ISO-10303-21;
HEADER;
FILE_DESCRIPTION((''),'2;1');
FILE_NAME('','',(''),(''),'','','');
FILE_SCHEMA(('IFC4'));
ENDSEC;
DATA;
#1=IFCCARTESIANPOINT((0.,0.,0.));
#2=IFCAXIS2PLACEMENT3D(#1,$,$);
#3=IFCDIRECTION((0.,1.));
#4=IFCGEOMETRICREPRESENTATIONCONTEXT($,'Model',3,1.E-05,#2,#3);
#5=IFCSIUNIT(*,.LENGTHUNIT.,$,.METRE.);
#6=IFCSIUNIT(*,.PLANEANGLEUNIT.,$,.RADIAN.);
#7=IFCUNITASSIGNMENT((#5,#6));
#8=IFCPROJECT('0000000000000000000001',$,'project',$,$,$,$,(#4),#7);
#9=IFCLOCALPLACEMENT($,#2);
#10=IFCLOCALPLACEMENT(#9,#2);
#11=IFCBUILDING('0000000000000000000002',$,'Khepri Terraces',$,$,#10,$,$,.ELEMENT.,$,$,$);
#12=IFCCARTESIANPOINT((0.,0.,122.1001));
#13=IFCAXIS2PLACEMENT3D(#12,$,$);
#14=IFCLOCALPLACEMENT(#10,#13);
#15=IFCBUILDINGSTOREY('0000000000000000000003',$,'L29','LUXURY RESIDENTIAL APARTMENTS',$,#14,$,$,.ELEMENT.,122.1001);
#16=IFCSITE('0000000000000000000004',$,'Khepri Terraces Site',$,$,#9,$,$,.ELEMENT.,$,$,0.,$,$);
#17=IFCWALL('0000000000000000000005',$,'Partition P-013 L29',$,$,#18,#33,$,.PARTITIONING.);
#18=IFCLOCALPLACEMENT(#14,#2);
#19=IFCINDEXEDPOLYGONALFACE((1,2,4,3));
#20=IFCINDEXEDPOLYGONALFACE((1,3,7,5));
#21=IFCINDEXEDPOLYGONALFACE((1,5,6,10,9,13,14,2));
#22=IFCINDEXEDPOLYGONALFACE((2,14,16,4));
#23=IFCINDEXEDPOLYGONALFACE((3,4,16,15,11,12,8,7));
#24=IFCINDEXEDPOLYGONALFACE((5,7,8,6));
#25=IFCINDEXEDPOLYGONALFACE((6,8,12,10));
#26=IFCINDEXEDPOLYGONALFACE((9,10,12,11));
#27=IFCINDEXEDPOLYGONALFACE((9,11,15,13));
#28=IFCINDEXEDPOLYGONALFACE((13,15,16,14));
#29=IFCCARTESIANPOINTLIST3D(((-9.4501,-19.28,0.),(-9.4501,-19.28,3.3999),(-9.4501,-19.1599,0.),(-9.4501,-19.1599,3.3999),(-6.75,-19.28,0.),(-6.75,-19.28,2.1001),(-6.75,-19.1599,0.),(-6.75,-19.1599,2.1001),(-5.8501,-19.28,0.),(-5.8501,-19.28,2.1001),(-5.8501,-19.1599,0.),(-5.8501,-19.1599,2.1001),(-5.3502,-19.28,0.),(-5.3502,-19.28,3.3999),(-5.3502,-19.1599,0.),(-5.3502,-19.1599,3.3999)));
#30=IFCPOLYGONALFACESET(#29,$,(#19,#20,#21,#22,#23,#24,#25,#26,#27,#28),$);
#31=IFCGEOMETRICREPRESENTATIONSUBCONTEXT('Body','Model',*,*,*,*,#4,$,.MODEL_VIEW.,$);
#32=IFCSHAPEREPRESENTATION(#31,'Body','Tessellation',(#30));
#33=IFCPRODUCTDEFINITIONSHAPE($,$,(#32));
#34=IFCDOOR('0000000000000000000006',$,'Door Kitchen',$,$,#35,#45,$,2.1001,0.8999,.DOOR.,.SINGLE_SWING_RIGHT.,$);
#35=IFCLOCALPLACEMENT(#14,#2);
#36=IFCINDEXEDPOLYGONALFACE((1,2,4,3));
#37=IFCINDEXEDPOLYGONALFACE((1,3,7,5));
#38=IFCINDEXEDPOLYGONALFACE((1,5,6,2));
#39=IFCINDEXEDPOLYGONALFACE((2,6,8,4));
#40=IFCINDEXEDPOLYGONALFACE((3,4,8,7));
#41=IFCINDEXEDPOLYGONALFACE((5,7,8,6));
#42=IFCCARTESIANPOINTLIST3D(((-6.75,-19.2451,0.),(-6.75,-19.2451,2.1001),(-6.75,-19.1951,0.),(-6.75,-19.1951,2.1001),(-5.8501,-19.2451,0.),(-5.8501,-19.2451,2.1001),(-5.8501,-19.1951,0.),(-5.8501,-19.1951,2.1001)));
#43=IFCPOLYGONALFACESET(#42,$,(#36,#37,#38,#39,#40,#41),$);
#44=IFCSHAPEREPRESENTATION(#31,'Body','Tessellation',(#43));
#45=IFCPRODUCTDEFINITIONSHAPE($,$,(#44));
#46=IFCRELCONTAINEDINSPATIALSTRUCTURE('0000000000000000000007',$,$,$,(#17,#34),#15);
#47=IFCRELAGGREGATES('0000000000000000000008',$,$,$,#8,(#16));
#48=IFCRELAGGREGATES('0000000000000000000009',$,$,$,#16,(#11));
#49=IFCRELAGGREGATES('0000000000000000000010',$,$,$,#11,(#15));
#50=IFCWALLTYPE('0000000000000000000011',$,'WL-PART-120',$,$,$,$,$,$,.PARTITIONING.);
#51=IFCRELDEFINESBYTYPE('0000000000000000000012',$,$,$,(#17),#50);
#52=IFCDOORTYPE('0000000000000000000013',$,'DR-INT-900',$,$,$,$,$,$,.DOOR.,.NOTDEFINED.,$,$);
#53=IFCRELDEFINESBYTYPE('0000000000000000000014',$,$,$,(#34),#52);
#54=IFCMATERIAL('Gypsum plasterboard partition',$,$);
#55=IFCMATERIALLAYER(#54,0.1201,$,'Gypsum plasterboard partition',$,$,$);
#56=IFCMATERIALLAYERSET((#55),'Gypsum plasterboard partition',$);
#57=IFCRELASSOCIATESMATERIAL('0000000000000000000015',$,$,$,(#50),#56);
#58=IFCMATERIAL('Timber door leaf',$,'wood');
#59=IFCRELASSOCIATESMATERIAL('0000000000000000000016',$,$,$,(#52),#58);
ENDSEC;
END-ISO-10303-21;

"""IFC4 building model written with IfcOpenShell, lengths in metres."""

from ifc_helpers import new_model, si_unit, direction, frame, frame_2d, origin, place, context, subcontext, project, spatial, rectangle, extrude, material, layer, layer_set, type_object, element, fill, save


model = new_model("IFC4")

# Units and contexts
model_context = context("Model", 3, precision=1e-05, world=origin(), true_north=direction((0.0, 1.0)))
body_context = subcontext(model_context, "Body", "Model", "MODEL_VIEW")
ifc_project = project(units=[si_unit("LENGTHUNIT", "METRE"), si_unit("PLANEANGLEUNIT", "RADIAN")], contexts=[model_context])

# Site, building, storey
site_placement = place(None, origin())
site = spatial("IfcSite", under=ifc_project, at=site_placement, Name="Khepri Terraces Site", CompositionType="ELEMENT", RefElevation=0.0)
building_placement = place(site_placement, origin())
building = spatial("IfcBuilding", under=site, at=building_placement, Name="Khepri Terraces", CompositionType="ELEMENT")
storey_placement = place(building_placement, frame((0.0, 0.0, 122.1001)))
storey = spatial("IfcBuildingStorey", under=building, at=storey_placement, Name="L29", Description="LUXURY RESIDENTIAL APARTMENTS", CompositionType="ELEMENT", Elevation=122.1001)

# Shared definitions
ifc_material_1 = material(Name="Gypsum plasterboard partition")
ifc_layer_1 = layer(ifc_material_1, 0.1201, Name="Gypsum plasterboard partition")
ifc_layer_set_1 = layer_set([ifc_layer_1], Name="Gypsum plasterboard partition")
wall_type_1 = type_object("IfcWallType", Name="WL-PART-120", PredefinedType="PARTITIONING", material=ifc_layer_set_1)
ifc_material_2 = material(Name="Timber door leaf", Category="wood")
door_type_1 = type_object("IfcDoorType", Name="DR-INT-900", OperationType="NOTDEFINED", PredefinedType="DOOR", material=ifc_material_2)

# Wall, opening, door
wall_1_placement = place(storey_placement, frame((-9.45, -19.22, 0.0), z_axis=(0.0, 0.0, 1.0), x_axis=(1.0, 0.0, 0.0)))
wall_1 = element("IfcWall", 1, at=wall_1_placement, inside=storey, type_object=wall_type_1, Name="Partition P-013 L29", PredefinedType="PARTITIONING", context=body_context, shape_type="SweptSolid", body=[
    extrude(rectangle(XDim=4.0999, YDim=0.1201, at=frame_2d((2.0498, 0.0))), origin(), (0.0, 0.0, 1.0), 3.3999),
])
opening_1_placement = place(wall_1_placement, frame((2.7, 0.0, 0.0)))
opening_1 = element("IfcOpeningElement", 2, at=opening_1_placement, cuts=wall_1, PredefinedType="OPENING", context=body_context, shape_type="SweptSolid", body=[
    extrude(rectangle(XDim=0.8999, YDim=2.1001, at=frame_2d((0.45, 1.05))), frame((0.0, 0.0701, 0.0), z_axis=(0.0, -1.0, 0.0), x_axis=(1.0, 0.0, 0.0)), (0.0, 0.0, 1.0), 0.1401),
])
door_1_placement = place(opening_1_placement, origin())
door_1 = element("IfcDoor", 3, at=door_1_placement, inside=storey, type_object=door_type_1, Name="Door Kitchen", OperationType="SINGLE_SWING_RIGHT", OverallHeight=2.1001, OverallWidth=0.8999, PredefinedType="DOOR", context=body_context, shape_type="SweptSolid", body=[
    extrude(rectangle(XDim=0.8999, YDim=2.1001, at=frame_2d((0.45, 1.05))), frame((0.0, 0.0249, 0.0), z_axis=(0.0, -1.0, 0.0), x_axis=(1.0, 0.0, 0.0)), (0.0, 0.0, 1.0), 0.05),
])
fill(opening_1, door_1)

save(model, "model.ifc")
